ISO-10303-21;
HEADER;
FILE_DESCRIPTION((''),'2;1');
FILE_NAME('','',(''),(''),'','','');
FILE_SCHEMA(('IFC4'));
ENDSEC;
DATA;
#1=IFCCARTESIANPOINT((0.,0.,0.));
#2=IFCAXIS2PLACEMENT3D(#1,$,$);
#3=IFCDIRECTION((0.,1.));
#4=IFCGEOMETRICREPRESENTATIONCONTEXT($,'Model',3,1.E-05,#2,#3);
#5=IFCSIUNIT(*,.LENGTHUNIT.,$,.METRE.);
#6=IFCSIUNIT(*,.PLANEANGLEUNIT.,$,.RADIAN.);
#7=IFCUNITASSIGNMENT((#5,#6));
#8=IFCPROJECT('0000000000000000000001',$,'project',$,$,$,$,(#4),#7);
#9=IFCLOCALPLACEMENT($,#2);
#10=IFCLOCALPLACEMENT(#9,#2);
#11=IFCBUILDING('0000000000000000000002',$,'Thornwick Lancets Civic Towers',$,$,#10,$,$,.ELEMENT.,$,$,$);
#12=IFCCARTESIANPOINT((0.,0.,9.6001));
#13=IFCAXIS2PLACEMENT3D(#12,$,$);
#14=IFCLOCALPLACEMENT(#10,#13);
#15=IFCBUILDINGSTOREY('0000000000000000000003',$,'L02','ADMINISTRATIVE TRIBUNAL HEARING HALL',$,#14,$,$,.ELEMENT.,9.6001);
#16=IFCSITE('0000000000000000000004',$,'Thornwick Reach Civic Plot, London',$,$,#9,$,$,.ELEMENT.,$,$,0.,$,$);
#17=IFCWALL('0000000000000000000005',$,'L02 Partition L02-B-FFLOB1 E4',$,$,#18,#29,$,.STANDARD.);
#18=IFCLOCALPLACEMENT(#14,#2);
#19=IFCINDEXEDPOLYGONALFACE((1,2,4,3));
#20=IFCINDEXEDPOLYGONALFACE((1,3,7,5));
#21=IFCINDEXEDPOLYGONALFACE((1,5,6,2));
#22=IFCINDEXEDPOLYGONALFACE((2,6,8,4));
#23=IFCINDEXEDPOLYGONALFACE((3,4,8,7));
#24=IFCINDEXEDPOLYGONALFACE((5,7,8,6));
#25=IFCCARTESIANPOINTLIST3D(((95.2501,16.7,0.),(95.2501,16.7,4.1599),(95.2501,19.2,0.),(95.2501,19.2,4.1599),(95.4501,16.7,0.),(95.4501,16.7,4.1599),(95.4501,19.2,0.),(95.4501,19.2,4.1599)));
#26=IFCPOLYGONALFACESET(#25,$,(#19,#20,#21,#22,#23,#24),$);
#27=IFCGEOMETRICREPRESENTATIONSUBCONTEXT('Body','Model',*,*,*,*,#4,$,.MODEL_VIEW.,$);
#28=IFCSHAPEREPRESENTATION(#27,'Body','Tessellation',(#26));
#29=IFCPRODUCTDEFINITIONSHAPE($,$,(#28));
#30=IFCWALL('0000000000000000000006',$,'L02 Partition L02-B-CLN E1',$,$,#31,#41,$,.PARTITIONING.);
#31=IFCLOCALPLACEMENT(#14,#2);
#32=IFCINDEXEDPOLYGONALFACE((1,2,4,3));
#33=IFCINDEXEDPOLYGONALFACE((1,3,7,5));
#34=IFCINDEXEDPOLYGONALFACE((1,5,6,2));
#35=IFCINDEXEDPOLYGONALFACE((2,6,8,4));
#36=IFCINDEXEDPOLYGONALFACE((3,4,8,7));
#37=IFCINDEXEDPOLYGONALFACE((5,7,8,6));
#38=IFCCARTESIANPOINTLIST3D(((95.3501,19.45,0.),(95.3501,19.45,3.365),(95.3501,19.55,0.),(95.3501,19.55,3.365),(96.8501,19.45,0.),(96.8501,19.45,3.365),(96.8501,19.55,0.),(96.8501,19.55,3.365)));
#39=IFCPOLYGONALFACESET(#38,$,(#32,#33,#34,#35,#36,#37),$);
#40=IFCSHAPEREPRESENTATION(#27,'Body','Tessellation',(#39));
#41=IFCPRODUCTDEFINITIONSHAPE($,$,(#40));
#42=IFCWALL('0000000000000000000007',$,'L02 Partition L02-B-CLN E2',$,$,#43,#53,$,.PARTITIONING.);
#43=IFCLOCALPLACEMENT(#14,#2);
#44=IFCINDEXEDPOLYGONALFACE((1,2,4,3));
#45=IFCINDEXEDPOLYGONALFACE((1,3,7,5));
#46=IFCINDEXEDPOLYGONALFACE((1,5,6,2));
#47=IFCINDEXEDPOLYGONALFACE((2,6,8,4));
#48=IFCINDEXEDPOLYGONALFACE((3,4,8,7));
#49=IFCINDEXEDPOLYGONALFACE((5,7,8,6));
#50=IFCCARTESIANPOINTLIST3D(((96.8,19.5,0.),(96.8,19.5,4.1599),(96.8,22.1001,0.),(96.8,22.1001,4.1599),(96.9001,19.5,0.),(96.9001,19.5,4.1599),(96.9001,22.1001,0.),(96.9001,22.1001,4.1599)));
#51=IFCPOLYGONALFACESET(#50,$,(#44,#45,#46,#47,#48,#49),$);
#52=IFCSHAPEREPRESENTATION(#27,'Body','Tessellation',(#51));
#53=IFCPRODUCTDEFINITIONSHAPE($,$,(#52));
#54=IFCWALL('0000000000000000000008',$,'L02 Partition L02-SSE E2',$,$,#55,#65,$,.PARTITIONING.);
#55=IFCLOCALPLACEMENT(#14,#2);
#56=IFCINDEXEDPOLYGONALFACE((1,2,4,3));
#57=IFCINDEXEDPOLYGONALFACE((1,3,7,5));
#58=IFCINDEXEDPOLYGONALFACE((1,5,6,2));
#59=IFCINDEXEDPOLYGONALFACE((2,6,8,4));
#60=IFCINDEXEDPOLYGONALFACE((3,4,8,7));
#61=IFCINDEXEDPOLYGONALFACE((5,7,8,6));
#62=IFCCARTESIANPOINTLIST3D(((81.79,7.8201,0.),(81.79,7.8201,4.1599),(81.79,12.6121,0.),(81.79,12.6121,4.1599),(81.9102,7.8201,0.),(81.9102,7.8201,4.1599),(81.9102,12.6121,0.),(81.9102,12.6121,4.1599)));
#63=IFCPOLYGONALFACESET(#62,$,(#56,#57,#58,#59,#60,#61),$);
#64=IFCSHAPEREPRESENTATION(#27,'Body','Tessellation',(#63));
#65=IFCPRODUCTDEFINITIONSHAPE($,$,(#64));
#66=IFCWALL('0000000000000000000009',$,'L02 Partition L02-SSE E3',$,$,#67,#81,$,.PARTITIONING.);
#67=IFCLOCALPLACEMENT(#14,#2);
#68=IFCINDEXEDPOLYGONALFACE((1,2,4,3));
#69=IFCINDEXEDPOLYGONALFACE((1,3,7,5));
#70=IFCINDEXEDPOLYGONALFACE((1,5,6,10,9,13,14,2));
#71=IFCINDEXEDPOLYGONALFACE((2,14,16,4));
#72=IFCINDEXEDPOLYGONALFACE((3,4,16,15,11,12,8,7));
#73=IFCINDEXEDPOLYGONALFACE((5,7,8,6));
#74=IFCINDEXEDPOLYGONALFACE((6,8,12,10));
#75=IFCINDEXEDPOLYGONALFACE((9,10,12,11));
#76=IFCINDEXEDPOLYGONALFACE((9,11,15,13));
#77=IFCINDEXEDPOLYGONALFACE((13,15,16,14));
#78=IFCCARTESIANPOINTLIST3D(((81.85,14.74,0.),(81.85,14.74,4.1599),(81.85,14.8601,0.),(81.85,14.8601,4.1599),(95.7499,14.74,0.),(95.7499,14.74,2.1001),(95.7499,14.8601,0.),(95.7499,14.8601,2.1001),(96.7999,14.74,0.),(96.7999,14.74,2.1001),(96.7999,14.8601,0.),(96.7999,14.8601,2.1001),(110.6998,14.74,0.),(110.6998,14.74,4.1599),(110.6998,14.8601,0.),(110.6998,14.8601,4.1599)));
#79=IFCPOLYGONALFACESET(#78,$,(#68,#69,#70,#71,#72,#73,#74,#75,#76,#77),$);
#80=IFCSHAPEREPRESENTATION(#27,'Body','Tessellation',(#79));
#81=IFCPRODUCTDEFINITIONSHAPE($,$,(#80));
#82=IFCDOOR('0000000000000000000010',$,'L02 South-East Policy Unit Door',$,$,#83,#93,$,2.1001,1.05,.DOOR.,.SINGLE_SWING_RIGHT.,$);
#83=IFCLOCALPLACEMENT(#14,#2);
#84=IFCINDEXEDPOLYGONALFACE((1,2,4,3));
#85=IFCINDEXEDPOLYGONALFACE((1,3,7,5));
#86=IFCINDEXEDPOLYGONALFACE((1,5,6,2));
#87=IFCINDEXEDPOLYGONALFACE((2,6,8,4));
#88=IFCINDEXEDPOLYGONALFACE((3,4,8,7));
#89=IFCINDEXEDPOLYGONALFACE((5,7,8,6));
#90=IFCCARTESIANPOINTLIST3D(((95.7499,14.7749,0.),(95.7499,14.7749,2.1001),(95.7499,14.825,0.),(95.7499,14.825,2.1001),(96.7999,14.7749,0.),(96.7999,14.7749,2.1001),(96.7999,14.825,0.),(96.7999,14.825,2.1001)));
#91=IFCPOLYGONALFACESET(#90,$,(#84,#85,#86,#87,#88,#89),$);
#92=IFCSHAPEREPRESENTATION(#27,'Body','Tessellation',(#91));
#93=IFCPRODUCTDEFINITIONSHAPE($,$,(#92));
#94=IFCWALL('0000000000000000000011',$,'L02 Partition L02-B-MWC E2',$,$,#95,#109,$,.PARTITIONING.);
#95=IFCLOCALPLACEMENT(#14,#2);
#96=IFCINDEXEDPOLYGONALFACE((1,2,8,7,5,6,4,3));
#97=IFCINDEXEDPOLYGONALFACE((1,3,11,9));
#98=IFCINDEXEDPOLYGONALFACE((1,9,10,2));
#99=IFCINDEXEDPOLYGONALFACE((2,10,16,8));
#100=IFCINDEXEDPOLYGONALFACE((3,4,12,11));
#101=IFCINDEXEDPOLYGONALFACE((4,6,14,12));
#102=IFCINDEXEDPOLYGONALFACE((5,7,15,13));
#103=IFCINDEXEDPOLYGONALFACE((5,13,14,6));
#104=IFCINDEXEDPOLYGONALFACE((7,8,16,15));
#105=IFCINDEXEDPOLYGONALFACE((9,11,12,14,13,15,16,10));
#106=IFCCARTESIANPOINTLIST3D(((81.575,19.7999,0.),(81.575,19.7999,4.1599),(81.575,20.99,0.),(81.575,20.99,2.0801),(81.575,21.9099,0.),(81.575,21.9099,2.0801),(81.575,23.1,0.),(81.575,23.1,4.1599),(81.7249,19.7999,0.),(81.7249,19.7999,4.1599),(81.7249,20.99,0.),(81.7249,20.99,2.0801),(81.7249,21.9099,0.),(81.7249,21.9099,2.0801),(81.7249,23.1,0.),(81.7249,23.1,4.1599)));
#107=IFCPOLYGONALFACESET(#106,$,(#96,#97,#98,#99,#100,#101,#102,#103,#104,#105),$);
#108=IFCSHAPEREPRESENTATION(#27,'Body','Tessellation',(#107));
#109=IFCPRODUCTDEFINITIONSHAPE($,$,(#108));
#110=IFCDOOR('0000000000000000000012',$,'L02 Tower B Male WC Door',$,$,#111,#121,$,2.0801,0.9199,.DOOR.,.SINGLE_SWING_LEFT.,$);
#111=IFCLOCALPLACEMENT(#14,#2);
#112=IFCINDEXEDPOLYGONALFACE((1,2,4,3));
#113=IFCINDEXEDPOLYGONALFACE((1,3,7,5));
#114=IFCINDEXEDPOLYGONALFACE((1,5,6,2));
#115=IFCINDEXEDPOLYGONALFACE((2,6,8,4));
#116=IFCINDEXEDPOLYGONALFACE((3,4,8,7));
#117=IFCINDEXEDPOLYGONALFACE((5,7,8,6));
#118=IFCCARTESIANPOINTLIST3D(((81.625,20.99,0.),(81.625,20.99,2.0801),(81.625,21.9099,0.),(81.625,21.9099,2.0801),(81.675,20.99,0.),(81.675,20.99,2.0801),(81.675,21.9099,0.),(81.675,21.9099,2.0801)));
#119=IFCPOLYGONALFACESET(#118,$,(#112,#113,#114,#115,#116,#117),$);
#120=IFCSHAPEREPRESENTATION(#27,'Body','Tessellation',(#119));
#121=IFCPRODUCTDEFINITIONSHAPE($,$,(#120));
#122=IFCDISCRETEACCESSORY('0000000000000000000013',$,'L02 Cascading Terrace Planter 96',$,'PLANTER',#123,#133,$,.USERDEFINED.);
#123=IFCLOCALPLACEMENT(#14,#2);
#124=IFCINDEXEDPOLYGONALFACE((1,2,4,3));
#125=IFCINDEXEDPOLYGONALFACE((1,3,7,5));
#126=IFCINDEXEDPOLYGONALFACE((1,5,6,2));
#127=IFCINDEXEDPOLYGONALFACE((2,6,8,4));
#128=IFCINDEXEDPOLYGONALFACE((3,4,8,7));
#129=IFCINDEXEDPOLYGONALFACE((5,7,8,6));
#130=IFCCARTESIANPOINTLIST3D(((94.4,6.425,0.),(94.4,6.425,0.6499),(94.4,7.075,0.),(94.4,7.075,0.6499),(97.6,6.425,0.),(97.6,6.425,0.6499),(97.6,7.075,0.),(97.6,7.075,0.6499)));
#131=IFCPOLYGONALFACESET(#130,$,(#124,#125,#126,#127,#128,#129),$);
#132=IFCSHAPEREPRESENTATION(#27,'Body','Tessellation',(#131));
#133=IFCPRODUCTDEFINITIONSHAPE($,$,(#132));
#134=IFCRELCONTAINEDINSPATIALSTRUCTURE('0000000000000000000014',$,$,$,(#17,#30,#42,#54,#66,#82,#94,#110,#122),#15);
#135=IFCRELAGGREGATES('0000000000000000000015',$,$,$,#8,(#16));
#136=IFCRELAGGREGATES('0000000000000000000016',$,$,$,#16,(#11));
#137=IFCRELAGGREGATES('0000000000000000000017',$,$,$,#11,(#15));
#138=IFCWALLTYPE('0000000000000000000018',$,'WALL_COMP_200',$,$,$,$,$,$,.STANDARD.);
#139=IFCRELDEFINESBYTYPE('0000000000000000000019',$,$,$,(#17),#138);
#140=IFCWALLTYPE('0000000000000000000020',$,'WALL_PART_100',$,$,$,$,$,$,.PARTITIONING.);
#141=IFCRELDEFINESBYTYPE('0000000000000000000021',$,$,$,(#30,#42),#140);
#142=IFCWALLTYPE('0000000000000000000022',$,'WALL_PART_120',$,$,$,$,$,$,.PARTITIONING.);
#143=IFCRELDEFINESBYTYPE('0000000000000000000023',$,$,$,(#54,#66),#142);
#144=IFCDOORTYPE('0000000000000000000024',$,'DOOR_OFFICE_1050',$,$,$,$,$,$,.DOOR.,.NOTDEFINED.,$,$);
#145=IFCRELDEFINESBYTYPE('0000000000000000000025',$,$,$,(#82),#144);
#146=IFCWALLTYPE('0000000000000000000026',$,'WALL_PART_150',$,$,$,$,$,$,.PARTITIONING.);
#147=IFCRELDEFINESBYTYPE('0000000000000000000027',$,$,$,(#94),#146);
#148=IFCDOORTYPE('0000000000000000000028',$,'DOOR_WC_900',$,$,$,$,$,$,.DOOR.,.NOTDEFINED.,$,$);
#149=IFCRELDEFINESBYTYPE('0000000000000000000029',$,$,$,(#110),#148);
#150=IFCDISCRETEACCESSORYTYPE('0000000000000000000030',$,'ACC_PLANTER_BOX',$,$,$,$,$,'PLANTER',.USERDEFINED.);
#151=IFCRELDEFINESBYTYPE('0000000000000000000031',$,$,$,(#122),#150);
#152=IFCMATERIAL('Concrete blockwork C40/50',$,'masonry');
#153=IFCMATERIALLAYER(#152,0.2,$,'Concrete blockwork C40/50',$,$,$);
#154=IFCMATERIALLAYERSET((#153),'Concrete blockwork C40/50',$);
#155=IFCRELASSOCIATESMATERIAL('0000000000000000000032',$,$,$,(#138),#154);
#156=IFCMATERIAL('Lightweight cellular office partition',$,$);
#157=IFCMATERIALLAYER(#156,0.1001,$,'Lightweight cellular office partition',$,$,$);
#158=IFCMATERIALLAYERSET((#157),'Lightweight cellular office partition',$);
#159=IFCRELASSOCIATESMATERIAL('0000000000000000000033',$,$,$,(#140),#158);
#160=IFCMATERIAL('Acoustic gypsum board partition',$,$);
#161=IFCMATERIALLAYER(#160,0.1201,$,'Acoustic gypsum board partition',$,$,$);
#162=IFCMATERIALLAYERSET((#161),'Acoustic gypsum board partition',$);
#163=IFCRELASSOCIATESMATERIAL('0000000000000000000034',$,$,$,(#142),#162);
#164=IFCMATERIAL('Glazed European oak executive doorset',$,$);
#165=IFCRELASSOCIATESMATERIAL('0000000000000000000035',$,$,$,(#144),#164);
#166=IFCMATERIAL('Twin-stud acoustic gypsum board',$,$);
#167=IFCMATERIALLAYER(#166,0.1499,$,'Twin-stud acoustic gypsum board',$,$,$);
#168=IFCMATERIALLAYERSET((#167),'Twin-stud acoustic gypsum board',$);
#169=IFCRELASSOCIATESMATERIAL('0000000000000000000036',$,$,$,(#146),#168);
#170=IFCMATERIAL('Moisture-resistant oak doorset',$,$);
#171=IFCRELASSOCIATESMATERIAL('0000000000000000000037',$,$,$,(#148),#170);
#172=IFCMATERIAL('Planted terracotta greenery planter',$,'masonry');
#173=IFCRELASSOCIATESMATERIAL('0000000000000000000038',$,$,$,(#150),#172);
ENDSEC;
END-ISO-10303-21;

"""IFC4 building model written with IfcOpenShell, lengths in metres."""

from ifc_helpers import new_model, si_unit, direction, frame, frame_2d, origin, origin_2d, place, context, subcontext, project, spatial, rectangle, extrude, material, layer, layer_set, type_object, element, fill, save


model = new_model("IFC4")

# Units and contexts
model_context = context("Model", 3, precision=1e-05, world=origin(), true_north=direction((0.0, 1.0)))
body_context = subcontext(model_context, "Body", "Model", "MODEL_VIEW")
ifc_project = project(units=[si_unit("LENGTHUNIT", "METRE"), si_unit("PLANEANGLEUNIT", "RADIAN")], contexts=[model_context])

# Site, building, storey
site_placement = place(None, origin())
site = spatial("IfcSite", under=ifc_project, at=site_placement, Name="Thornwick Reach Civic Plot, London", CompositionType="ELEMENT", RefElevation=0.0)
building_placement = place(site_placement, origin())
building = spatial("IfcBuilding", under=site, at=building_placement, Name="Thornwick Lancets Civic Towers", CompositionType="ELEMENT")
storey_placement = place(building_placement, frame((0.0, 0.0, 9.6001)))
storey = spatial("IfcBuildingStorey", under=building, at=storey_placement, Name="L02", Description="ADMINISTRATIVE TRIBUNAL HEARING HALL", CompositionType="ELEMENT", Elevation=9.6001)

# Shared definitions
ifc_material_1 = material(Name="Concrete blockwork C40/50", Category="masonry")
ifc_layer_1 = layer(ifc_material_1, 0.2, Name="Concrete blockwork C40/50")
ifc_layer_set_1 = layer_set([ifc_layer_1], Name="Concrete blockwork C40/50")
wall_type_1 = type_object("IfcWallType", Name="WALL_COMP_200", PredefinedType="STANDARD", material=ifc_layer_set_1)

# Walls
wall_1_placement = place(storey_placement, frame((95.3501, 19.2, 0.0), z_axis=(0.0, 0.0, 1.0), x_axis=(0.0, -1.0, 0.0)))
element("IfcWall", 1, at=wall_1_placement, inside=storey, type_object=wall_type_1, Name="L02 Partition L02-B-FFLOB1 E4", PredefinedType="STANDARD", context=body_context, shape_type="SweptSolid", body=[
    extrude(rectangle(XDim=2.5, YDim=0.2, at=frame_2d((1.25, 0.0))), origin(), (0.0, 0.0, 1.0), 4.1599),
])
ifc_material_2 = material(Name="Lightweight cellular office partition")
ifc_layer_2 = layer(ifc_material_2, 0.1001, Name="Lightweight cellular office partition")
ifc_layer_set_2 = layer_set([ifc_layer_2], Name="Lightweight cellular office partition")
wall_type_2 = type_object("IfcWallType", Name="WALL_PART_100", PredefinedType="PARTITIONING", material=ifc_layer_set_2)
wall_2_placement = place(storey_placement, frame((95.3501, 19.5, 0.0), z_axis=(0.0, 0.0, 1.0), x_axis=(1.0, 0.0, 0.0)))
element("IfcWall", 2, at=wall_2_placement, inside=storey, type_object=wall_type_2, Name="L02 Partition L02-B-CLN E1", PredefinedType="PARTITIONING", context=body_context, shape_type="SweptSolid", body=[
    extrude(rectangle(XDim=1.5, YDim=0.1001, at=frame_2d((0.75, 0.0))), origin(), (0.0, 0.0, 1.0), 3.365),
])
wall_3_placement = place(storey_placement, frame((96.8501, 19.5, 0.0), z_axis=(0.0, 0.0, 1.0), x_axis=(0.0, 1.0, 0.0)))
element("IfcWall", 3, at=wall_3_placement, inside=storey, type_object=wall_type_2, Name="L02 Partition L02-B-CLN E2", PredefinedType="PARTITIONING", context=body_context, shape_type="SweptSolid", body=[
    extrude(rectangle(XDim=2.6001, YDim=0.1001, at=frame_2d((1.3, 0.0))), origin(), (0.0, 0.0, 1.0), 4.1599),
])
ifc_material_3 = material(Name="Acoustic gypsum board partition")
ifc_layer_3 = layer(ifc_material_3, 0.1201, Name="Acoustic gypsum board partition")
ifc_layer_set_3 = layer_set([ifc_layer_3], Name="Acoustic gypsum board partition")
wall_type_3 = type_object("IfcWallType", Name="WALL_PART_120", PredefinedType="PARTITIONING", material=ifc_layer_set_3)
wall_4_placement = place(storey_placement, frame((81.8501, 7.8201, 0.0), z_axis=(0.0, 0.0, 1.0), x_axis=(0.0, 1.0, 0.0)))
element("IfcWall", 4, at=wall_4_placement, inside=storey, type_object=wall_type_3, Name="L02 Partition L02-SSE E2", PredefinedType="PARTITIONING", context=body_context, shape_type="SweptSolid", body=[
    extrude(rectangle(XDim=4.792, YDim=0.1201, at=frame_2d((2.396, 0.0))), origin(), (0.0, 0.0, 1.0), 4.1599),
])

# Walls, openings, doors
wall_5_placement = place(storey_placement, frame((81.8501, 14.8, 0.0), z_axis=(0.0, 0.0, 1.0), x_axis=(1.0, 0.0, 0.0)))
wall_5 = element("IfcWall", 5, at=wall_5_placement, inside=storey, type_object=wall_type_3, Name="L02 Partition L02-SSE E3", PredefinedType="PARTITIONING", context=body_context, shape_type="SweptSolid", body=[
    extrude(rectangle(XDim=28.8499, YDim=0.1201, at=frame_2d((14.4248, 0.0))), origin(), (0.0, 0.0, 1.0), 4.1599),
])
opening_1_placement = place(wall_5_placement, frame((13.8999, 0.0, 0.0)))
opening_1 = element("IfcOpeningElement", 6, at=opening_1_placement, cuts=wall_5, PredefinedType="OPENING", context=body_context, shape_type="SweptSolid", body=[
    extrude(rectangle(XDim=1.05, YDim=2.1001, at=frame_2d((0.5249, 1.05))), frame((0.0, 0.0701, 0.0), z_axis=(0.0, -1.0, 0.0), x_axis=(1.0, 0.0, 0.0)), (0.0, 0.0, 1.0), 0.1401),
])
ifc_material_4 = material(Name="Glazed European oak executive doorset")
door_type_1 = type_object("IfcDoorType", Name="DOOR_OFFICE_1050", OperationType="NOTDEFINED", PredefinedType="DOOR", material=ifc_material_4)
door_1_placement = place(opening_1_placement, origin())
door_1 = element("IfcDoor", 7, at=door_1_placement, inside=storey, type_object=door_type_1, Name="L02 South-East Policy Unit Door", OperationType="SINGLE_SWING_RIGHT", OverallHeight=2.1001, OverallWidth=1.05, PredefinedType="DOOR", context=body_context, shape_type="SweptSolid", body=[
    extrude(rectangle(XDim=1.05, YDim=2.1001, at=frame_2d((0.5249, 1.05))), frame((0.0, 0.0249, 0.0), z_axis=(0.0, -1.0, 0.0), x_axis=(1.0, 0.0, 0.0)), (0.0, 0.0, 1.0), 0.05),
])
fill(opening_1, door_1)
ifc_material_5 = material(Name="Twin-stud acoustic gypsum board")
ifc_layer_4 = layer(ifc_material_5, 0.1499, Name="Twin-stud acoustic gypsum board")
ifc_layer_set_4 = layer_set([ifc_layer_4], Name="Twin-stud acoustic gypsum board")
wall_type_4 = type_object("IfcWallType", Name="WALL_PART_150", PredefinedType="PARTITIONING", material=ifc_layer_set_4)
wall_6_placement = place(storey_placement, frame((81.6499, 19.8, 0.0), z_axis=(0.0, 0.0, 1.0), x_axis=(0.0, 1.0, 0.0)))
wall_6 = element("IfcWall", 8, at=wall_6_placement, inside=storey, type_object=wall_type_4, Name="L02 Partition L02-B-MWC E2", PredefinedType="PARTITIONING", context=body_context, shape_type="SweptSolid", body=[
    extrude(rectangle(XDim=3.3, YDim=0.1499, at=frame_2d((1.6499, 0.0))), origin(), (0.0, 0.0, 1.0), 4.1599),
])
opening_2_placement = place(wall_6_placement, frame((1.1899, 0.0, 0.0)))
opening_2 = element("IfcOpeningElement", 9, at=opening_2_placement, cuts=wall_6, PredefinedType="OPENING", context=body_context, shape_type="SweptSolid", body=[
    extrude(rectangle(XDim=0.9199, YDim=2.0801, at=frame_2d((0.46, 1.04))), frame((0.0, 0.085, 0.0), z_axis=(0.0, -1.0, 0.0), x_axis=(1.0, 0.0, 0.0)), (0.0, 0.0, 1.0), 0.1699),
])
ifc_material_6 = material(Name="Moisture-resistant oak doorset")
door_type_2 = type_object("IfcDoorType", Name="DOOR_WC_900", OperationType="NOTDEFINED", PredefinedType="DOOR", material=ifc_material_6)
door_2_placement = place(opening_2_placement, origin())
door_2 = element("IfcDoor", 10, at=door_2_placement, inside=storey, type_object=door_type_2, Name="L02 Tower B Male WC Door", OperationType="SINGLE_SWING_LEFT", OverallHeight=2.0801, OverallWidth=0.9199, PredefinedType="DOOR", context=body_context, shape_type="SweptSolid", body=[
    extrude(rectangle(XDim=0.9199, YDim=2.0801, at=frame_2d((0.46, 1.04))), frame((0.0, 0.0249, 0.0), z_axis=(0.0, -1.0, 0.0), x_axis=(1.0, 0.0, 0.0)), (0.0, 0.0, 1.0), 0.05),
])
fill(opening_2, door_2)

# Discrete accessory
ifc_material_7 = material(Name="Planted terracotta greenery planter", Category="masonry")
discrete_accessory_type = type_object("IfcDiscreteAccessoryType", Name="ACC_PLANTER_BOX", ElementType="PLANTER", PredefinedType="USERDEFINED", material=ifc_material_7)
discrete_accessory_placement = place(storey_placement, frame((96.0, 6.75, 0.0), z_axis=(0.0, 0.0, 1.0), x_axis=(1.0, 0.0, 0.0)))
element("IfcDiscreteAccessory", 11, at=discrete_accessory_placement, inside=storey, type_object=discrete_accessory_type, Name="L02 Cascading Terrace Planter 96", ObjectType="PLANTER", PredefinedType="USERDEFINED", context=body_context, shape_type="SweptSolid", body=[
    extrude(rectangle(XDim=3.2, YDim=0.6499, at=origin_2d()), origin(), (0.0, 0.0, 1.0), 0.6499),
])

save(model, "model.ifc")
